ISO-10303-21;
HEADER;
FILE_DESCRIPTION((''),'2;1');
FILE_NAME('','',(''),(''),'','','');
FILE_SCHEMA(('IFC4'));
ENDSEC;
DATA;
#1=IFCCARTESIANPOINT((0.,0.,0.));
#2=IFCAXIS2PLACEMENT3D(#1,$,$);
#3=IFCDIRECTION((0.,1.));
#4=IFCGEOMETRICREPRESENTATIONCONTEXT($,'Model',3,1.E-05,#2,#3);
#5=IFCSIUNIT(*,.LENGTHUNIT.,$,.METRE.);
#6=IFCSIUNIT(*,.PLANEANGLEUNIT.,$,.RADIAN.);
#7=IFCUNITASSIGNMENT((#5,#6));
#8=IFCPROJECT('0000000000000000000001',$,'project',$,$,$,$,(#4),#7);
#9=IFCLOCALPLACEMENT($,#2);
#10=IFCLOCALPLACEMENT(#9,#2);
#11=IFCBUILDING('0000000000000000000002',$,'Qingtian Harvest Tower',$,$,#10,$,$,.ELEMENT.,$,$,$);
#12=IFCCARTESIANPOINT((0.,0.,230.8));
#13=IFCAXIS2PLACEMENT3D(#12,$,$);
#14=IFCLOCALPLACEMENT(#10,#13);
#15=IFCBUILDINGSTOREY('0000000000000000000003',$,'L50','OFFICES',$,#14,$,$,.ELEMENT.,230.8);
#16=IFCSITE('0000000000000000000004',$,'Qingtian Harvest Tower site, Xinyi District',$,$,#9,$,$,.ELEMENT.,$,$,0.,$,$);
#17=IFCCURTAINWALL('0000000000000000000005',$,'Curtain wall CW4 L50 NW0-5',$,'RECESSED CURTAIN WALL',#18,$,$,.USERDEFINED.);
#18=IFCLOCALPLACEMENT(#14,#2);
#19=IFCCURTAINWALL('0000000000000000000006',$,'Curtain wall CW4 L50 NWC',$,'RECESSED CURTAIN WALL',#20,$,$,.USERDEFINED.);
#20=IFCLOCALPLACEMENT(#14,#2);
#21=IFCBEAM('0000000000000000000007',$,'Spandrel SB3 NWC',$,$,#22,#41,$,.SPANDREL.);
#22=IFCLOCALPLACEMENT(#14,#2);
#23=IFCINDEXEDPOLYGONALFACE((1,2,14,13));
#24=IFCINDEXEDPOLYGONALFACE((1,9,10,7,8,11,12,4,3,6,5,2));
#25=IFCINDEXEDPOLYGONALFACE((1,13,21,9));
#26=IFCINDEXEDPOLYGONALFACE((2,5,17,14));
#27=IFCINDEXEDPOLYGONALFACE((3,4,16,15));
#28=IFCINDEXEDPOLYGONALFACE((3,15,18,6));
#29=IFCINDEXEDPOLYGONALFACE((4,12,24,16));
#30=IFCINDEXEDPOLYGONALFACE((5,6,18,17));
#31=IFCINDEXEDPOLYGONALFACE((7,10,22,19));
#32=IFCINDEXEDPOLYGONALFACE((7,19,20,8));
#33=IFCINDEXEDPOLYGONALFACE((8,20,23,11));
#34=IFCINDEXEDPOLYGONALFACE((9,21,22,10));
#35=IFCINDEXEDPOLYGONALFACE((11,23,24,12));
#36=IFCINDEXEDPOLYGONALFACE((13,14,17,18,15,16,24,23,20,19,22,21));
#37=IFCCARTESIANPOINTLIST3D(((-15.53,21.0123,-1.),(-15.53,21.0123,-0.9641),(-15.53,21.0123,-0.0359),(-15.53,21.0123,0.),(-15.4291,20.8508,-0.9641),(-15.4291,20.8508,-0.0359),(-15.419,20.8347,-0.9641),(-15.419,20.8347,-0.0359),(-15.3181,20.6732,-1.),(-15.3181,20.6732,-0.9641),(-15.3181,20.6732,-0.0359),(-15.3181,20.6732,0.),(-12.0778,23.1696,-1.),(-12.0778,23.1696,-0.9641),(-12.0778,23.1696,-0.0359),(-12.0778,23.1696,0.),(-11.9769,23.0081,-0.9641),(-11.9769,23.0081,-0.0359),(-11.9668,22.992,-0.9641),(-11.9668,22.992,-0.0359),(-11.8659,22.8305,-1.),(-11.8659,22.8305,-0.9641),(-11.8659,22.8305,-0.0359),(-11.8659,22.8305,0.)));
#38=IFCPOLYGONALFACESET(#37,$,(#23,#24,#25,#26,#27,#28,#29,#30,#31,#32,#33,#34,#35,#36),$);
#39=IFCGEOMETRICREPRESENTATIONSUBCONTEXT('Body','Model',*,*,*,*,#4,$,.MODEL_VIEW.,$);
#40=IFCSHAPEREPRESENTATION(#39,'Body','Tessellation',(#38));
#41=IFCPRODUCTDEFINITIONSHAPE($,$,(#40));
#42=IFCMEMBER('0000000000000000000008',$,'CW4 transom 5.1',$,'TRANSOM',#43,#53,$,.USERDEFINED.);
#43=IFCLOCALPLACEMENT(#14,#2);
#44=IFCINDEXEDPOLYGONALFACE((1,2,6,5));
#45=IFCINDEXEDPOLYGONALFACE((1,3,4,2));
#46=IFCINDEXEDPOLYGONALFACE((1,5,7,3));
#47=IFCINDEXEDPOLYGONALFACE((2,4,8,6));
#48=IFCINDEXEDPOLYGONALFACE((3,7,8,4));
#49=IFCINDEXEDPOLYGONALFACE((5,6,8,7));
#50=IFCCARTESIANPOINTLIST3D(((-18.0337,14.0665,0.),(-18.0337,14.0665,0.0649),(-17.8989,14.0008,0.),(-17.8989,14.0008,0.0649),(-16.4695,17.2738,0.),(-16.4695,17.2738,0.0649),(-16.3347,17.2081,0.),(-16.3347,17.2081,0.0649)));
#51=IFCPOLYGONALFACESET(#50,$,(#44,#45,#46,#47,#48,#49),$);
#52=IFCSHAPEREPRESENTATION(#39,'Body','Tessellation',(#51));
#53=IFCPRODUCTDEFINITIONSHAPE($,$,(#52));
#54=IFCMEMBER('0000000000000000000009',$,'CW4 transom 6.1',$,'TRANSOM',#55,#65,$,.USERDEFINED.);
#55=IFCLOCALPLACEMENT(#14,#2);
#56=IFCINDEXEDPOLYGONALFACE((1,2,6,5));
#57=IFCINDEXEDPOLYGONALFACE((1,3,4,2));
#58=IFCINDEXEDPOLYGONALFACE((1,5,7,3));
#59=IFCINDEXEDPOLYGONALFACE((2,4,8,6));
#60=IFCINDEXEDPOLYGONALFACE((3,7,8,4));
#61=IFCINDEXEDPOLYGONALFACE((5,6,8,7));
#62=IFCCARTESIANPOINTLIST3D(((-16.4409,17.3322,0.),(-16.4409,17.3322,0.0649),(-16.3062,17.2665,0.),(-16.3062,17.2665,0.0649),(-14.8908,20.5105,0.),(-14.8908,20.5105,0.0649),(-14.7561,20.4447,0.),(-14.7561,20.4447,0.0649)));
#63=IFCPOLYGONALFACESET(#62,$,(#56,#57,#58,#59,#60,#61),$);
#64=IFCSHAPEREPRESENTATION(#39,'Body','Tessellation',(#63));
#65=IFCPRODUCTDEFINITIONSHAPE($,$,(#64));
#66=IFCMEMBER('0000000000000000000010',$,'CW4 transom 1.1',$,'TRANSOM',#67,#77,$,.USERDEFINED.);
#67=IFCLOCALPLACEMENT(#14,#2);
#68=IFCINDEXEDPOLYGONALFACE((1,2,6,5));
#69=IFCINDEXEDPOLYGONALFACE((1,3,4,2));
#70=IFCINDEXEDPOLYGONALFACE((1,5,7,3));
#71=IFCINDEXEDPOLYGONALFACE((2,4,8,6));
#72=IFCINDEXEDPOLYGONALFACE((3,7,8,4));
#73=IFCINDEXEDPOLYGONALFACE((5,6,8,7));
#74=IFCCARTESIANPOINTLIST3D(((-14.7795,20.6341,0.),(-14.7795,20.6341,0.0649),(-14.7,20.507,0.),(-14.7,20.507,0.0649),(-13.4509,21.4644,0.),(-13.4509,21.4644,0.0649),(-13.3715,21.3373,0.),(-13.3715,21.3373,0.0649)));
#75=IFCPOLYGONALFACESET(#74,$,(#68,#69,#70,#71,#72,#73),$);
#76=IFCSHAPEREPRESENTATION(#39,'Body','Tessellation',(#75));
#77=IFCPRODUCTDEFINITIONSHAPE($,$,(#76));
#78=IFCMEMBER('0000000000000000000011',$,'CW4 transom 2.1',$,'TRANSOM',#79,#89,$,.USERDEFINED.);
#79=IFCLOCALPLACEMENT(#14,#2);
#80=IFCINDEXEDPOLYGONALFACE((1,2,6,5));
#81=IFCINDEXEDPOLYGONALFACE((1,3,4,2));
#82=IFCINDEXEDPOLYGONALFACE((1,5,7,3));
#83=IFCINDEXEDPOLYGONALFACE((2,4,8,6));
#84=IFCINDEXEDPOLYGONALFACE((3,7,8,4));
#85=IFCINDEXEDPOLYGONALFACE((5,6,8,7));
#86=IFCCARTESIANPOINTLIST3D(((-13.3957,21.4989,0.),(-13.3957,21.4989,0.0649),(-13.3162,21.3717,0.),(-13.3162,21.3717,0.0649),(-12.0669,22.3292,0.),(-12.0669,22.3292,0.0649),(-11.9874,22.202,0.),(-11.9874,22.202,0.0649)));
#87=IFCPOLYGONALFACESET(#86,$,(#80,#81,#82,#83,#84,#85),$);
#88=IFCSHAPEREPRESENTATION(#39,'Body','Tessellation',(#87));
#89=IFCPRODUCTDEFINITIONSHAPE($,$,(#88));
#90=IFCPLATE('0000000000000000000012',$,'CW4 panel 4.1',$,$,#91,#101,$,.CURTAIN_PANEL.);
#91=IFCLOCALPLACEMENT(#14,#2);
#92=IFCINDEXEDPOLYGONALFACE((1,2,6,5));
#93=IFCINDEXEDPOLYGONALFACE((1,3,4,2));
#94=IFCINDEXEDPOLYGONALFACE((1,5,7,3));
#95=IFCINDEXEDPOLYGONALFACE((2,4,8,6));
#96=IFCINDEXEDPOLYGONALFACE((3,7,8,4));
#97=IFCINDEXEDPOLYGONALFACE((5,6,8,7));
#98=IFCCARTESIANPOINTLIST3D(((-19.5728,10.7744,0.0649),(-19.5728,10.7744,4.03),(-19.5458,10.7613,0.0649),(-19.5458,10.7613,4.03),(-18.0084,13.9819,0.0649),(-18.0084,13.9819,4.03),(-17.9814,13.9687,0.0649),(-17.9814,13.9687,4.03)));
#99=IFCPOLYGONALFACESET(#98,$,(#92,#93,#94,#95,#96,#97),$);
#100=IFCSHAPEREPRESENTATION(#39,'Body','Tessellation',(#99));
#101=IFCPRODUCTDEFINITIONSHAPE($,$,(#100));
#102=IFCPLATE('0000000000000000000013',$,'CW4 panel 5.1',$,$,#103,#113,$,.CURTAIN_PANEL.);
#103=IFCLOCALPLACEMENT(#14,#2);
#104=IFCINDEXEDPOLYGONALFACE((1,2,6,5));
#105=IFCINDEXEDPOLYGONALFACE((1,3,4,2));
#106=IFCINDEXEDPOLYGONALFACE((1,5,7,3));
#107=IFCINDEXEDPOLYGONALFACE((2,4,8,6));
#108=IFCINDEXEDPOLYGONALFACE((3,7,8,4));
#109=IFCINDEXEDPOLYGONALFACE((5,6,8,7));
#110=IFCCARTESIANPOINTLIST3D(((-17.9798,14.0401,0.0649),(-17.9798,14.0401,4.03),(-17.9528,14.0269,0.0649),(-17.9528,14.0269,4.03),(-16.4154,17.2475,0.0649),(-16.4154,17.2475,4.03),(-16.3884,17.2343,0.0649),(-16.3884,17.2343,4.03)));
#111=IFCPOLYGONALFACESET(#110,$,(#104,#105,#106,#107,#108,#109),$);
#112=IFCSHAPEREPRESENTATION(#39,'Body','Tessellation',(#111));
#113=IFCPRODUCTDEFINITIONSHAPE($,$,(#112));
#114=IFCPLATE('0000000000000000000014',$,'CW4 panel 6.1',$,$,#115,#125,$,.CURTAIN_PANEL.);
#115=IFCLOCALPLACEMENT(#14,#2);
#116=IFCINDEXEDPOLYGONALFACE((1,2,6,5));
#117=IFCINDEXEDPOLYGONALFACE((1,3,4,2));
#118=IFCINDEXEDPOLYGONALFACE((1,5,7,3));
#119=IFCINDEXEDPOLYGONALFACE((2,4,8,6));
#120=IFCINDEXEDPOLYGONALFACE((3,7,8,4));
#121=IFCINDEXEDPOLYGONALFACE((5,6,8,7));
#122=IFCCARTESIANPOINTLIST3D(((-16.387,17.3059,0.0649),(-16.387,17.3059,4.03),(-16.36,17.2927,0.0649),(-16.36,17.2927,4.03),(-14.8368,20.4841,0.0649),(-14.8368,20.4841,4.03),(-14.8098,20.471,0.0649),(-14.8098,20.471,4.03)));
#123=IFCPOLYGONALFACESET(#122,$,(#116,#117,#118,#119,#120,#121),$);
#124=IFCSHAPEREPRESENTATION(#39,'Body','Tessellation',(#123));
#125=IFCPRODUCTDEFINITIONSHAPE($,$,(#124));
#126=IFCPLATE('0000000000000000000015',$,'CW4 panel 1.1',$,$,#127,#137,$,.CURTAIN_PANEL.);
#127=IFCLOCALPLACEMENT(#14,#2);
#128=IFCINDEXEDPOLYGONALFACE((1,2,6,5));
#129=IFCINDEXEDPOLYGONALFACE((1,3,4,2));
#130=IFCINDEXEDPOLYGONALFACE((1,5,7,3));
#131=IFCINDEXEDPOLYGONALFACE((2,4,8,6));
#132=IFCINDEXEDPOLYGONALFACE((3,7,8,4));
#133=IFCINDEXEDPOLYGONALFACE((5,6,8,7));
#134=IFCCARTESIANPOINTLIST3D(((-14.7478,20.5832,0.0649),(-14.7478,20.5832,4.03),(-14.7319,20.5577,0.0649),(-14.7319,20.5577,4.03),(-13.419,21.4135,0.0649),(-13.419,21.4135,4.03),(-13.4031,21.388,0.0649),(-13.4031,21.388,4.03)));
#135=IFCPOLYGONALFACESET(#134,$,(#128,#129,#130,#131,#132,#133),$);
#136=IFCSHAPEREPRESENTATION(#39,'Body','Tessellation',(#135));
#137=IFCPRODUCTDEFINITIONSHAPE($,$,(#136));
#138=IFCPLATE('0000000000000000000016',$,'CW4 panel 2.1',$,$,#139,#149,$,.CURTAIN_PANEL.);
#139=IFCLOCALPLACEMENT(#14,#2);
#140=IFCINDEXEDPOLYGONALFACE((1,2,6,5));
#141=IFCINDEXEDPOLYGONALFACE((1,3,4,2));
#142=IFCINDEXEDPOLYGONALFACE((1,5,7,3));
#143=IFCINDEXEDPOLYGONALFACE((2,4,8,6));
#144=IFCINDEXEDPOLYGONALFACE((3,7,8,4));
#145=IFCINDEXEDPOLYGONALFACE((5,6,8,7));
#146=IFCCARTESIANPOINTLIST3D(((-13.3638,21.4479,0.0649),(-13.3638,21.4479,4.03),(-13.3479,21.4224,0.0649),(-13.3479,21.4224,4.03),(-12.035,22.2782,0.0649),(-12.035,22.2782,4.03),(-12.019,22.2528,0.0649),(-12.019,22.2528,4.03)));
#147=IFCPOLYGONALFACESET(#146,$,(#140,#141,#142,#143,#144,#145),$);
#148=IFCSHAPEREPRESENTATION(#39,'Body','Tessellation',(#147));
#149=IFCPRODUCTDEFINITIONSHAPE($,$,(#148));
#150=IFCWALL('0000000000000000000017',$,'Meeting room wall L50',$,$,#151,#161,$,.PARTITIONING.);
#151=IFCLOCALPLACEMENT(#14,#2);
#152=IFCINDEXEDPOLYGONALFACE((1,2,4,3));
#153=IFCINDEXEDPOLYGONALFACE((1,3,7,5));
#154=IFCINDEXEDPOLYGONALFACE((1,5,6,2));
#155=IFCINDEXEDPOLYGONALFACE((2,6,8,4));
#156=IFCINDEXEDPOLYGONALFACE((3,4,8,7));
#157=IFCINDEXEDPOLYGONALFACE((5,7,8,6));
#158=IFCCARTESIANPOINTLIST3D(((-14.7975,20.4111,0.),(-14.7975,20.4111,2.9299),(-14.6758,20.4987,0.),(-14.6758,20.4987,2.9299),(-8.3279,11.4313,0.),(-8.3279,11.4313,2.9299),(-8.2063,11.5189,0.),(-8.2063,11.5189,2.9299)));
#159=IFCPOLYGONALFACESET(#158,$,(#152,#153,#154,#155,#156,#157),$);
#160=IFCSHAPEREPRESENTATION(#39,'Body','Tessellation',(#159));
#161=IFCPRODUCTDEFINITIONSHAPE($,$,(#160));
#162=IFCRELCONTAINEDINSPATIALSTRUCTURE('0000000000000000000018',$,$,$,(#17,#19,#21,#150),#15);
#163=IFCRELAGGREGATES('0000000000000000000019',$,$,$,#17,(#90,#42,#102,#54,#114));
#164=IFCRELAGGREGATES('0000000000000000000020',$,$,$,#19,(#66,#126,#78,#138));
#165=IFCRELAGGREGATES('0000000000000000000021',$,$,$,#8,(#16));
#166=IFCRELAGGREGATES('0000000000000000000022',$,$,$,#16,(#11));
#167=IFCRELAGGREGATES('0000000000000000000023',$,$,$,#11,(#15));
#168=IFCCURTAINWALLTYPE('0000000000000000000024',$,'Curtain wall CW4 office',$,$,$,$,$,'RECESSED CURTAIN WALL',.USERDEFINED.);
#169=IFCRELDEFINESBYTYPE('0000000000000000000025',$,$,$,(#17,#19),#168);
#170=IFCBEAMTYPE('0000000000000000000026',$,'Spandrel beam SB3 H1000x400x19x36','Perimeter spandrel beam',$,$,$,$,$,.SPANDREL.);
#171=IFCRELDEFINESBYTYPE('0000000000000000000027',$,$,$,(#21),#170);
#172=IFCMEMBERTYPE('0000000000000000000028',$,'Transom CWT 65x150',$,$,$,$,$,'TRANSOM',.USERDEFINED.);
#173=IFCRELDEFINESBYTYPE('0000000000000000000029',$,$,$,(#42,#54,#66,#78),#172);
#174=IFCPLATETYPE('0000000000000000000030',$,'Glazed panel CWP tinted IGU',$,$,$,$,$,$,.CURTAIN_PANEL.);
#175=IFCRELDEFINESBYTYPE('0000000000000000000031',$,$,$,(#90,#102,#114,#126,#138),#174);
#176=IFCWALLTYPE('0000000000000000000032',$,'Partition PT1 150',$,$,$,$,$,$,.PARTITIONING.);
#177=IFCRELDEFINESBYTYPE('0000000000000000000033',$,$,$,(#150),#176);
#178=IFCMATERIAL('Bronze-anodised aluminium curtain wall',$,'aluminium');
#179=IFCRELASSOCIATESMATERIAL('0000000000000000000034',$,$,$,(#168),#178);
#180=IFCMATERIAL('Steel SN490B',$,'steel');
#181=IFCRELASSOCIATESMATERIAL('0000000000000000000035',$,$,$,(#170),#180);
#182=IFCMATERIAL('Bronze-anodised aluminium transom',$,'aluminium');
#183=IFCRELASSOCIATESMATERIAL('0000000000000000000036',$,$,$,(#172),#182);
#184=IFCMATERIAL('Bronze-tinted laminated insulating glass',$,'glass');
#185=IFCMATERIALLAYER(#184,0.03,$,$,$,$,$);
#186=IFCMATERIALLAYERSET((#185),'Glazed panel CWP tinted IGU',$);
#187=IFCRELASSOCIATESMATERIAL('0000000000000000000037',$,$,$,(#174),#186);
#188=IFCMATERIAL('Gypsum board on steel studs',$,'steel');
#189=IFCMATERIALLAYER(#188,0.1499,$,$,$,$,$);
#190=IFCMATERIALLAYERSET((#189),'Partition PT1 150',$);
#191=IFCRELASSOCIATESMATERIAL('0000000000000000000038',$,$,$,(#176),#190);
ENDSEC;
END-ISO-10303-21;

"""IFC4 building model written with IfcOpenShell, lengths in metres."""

from ifc_helpers import new_model, si_unit, direction, frame, frame_2d, origin, origin_2d, place, context, subcontext, project, spatial, rectangle, i_section, extrude, material, layer, layer_set, material_profile, profile_set, type_object, element, aggregate, save


model = new_model("IFC4")

# Units and contexts
model_context = context("Model", 3, precision=1e-05, world=origin(), true_north=direction((0.0, 1.0)))
body_context = subcontext(model_context, "Body", "Model", "MODEL_VIEW")
ifc_project = project(units=[si_unit("LENGTHUNIT", "METRE"), si_unit("PLANEANGLEUNIT", "RADIAN")], contexts=[model_context])

# Site, building, storey
site_placement = place(None, origin())
site = spatial("IfcSite", under=ifc_project, at=site_placement, Name="Qingtian Harvest Tower site, Xinyi District", CompositionType="ELEMENT", RefElevation=0.0)
building_placement = place(site_placement, origin())
building = spatial("IfcBuilding", under=site, at=building_placement, Name="Qingtian Harvest Tower", CompositionType="ELEMENT")
storey_placement = place(building_placement, frame((0.0, 0.0, 230.8)))
storey = spatial("IfcBuildingStorey", under=building, at=storey_placement, Name="L50", Description="OFFICES", CompositionType="ELEMENT", Elevation=230.8)

# Curtain walls
ifc_material_1 = material(Name="Bronze-anodised aluminium curtain wall", Category="aluminium")
curtain_wall_type = type_object("IfcCurtainWallType", Name="Curtain wall CW4 office", ElementType="RECESSED CURTAIN WALL", PredefinedType="USERDEFINED", material=ifc_material_1)
curtain_wall_1_placement = place(storey_placement, origin())
curtain_wall_1 = element("IfcCurtainWall", 1, at=curtain_wall_1_placement, inside=storey, type_object=curtain_wall_type, Name="Curtain wall CW4 L50 NW0-5", ObjectType="RECESSED CURTAIN WALL", PredefinedType="USERDEFINED")
curtain_wall_2_placement = place(storey_placement, origin())
curtain_wall_2 = element("IfcCurtainWall", 2, at=curtain_wall_2_placement, inside=storey, type_object=curtain_wall_type, Name="Curtain wall CW4 L50 NWC", ObjectType="RECESSED CURTAIN WALL", PredefinedType="USERDEFINED")

# Beam
ifc_material_2 = material(Name="Steel SN490B", Category="steel")
ifc_material_profile_1 = material_profile(ifc_material_2, i_section(OverallWidth=0.3999, OverallDepth=1.0, WebThickness=0.019, FlangeThickness=0.0359, at=origin_2d()), Name="H1000x400x19x36")
ifc_profile_set_1 = profile_set([ifc_material_profile_1], Name="Steel SN490B")
beam_type_1 = type_object("IfcBeamType", Name="Spandrel beam SB3 H1000x400x19x36", Description="Perimeter spandrel beam", PredefinedType="SPANDREL", material=ifc_profile_set_1)
beam_1_placement = place(storey_placement, frame((-15.4241, 20.8428, -0.5), z_axis=(0.848039, 0.529934, 0.0), x_axis=(-0.529934, 0.848039, 0.0)))
element("IfcBeam", 3, at=beam_1_placement, inside=storey, type_object=beam_type_1, Name="Spandrel SB3 NWC", PredefinedType="SPANDREL", context=body_context, shape_type="SweptSolid", body=[
    extrude(i_section(OverallWidth=0.3999, OverallDepth=1.0, WebThickness=0.019, FlangeThickness=0.0359, at=origin_2d()), origin(), (0.0, 0.0, 1.0), 4.0708),
])

# Members
ifc_material_3 = material(Name="Bronze-anodised aluminium transom", Category="aluminium")
ifc_material_profile_2 = material_profile(ifc_material_3, rectangle(XDim=0.1499, YDim=0.0649, at=origin_2d()), Name="AL 65x150")
ifc_profile_set_2 = profile_set([ifc_material_profile_2], Name="Bronze-anodised aluminium transom")
member_type_1 = type_object("IfcMemberType", Name="Transom CWT 65x150", ElementType="TRANSOM", PredefinedType="USERDEFINED", material=ifc_profile_set_2)
member_1_placement = place(storey_placement, frame((-17.9663, 14.0337, 0.0325), z_axis=(0.438352, 0.898803, 0.0), x_axis=(-0.898803, 0.438352, 0.0)))
member_1 = element("IfcMember", 4, at=member_1_placement, type_object=member_type_1, Name="CW4 transom 5.1", ObjectType="TRANSOM", PredefinedType="USERDEFINED", context=body_context, shape_type="SweptSolid", body=[
    extrude(rectangle(XDim=0.1499, YDim=0.0649, at=origin_2d()), origin(), (0.0, 0.0, 1.0), 3.5684),
])
member_2_placement = place(storey_placement, frame((-16.3735, 17.2993, 0.0325), z_axis=(0.438354, 0.898802, 0.0), x_axis=(-0.898802, 0.438354, 0.0)))
member_2 = element("IfcMember", 5, at=member_2_placement, type_object=member_type_1, Name="CW4 transom 6.1", ObjectType="TRANSOM", PredefinedType="USERDEFINED", context=body_context, shape_type="SweptSolid", body=[
    extrude(rectangle(XDim=0.1499, YDim=0.0649, at=origin_2d()), origin(), (0.0, 0.0, 1.0), 3.5361),
])
member_3_placement = place(storey_placement, frame((-14.7397, 20.5706, 0.0325), z_axis=(0.848016, 0.529971, 0.0), x_axis=(-0.529971, 0.848016, 0.0)))
member_3 = element("IfcMember", 6, at=member_3_placement, type_object=member_type_1, Name="CW4 transom 1.1", ObjectType="TRANSOM", PredefinedType="USERDEFINED", context=body_context, shape_type="SweptSolid", body=[
    extrude(rectangle(XDim=0.1499, YDim=0.0649, at=origin_2d()), origin(), (0.0, 0.0, 1.0), 1.5667),
])
member_4_placement = place(storey_placement, frame((-13.356, 21.4353, 0.0325), z_axis=(0.84806, 0.529901, 0.0), x_axis=(-0.529901, 0.84806, 0.0)))
member_4 = element("IfcMember", 7, at=member_4_placement, type_object=member_type_1, Name="CW4 transom 2.1", ObjectType="TRANSOM", PredefinedType="USERDEFINED", context=body_context, shape_type="SweptSolid", body=[
    extrude(rectangle(XDim=0.1499, YDim=0.0649, at=origin_2d()), origin(), (0.0, 0.0, 1.0), 1.5669),
])

# Plates
ifc_material_4 = material(Name="Bronze-tinted laminated insulating glass", Category="glass")
ifc_layer_1 = layer(ifc_material_4, 0.03)
ifc_layer_set_1 = layer_set([ifc_layer_1], Name="Glazed panel CWP tinted IGU")
plate_type = type_object("IfcPlateType", Name="Glazed panel CWP tinted IGU", PredefinedType="CURTAIN_PANEL", material=ifc_layer_set_1)
plate_1_placement = place(storey_placement, frame((-18.7771, 12.3716, 0.0649), z_axis=(0.0, 0.0, 1.0), x_axis=(0.438371, 0.898794, 0.0)))
plate_1 = element("IfcPlate", 8, at=plate_1_placement, type_object=plate_type, Name="CW4 panel 4.1", PredefinedType="CURTAIN_PANEL", context=body_context, shape_type="SweptSolid", body=[
    extrude(rectangle(XDim=3.5686, YDim=0.03, at=origin_2d()), origin(), (0.0, 0.0, 1.0), 3.9651),
])
plate_2_placement = place(storey_placement, frame((-17.1841, 15.6372, 0.0649), z_axis=(0.0, 0.0, 1.0), x_axis=(0.438371, 0.898794, 0.0)))
plate_2 = element("IfcPlate", 9, at=plate_2_placement, type_object=plate_type, Name="CW4 panel 5.1", PredefinedType="CURTAIN_PANEL", context=body_context, shape_type="SweptSolid", body=[
    extrude(rectangle(XDim=3.5686, YDim=0.03, at=origin_2d()), origin(), (0.0, 0.0, 1.0), 3.9651),
])
plate_3_placement = place(storey_placement, frame((-15.5984, 18.8884, 0.0649), z_axis=(0.0, 0.0, 1.0), x_axis=(0.438371, 0.898794, 0.0)))
plate_3 = element("IfcPlate", 10, at=plate_3_placement, type_object=plate_type, Name="CW4 panel 6.1", PredefinedType="CURTAIN_PANEL", context=body_context, shape_type="SweptSolid", body=[
    extrude(rectangle(XDim=3.5361, YDim=0.03, at=origin_2d()), origin(), (0.0, 0.0, 1.0), 3.9651),
])
aggregate(curtain_wall_1, [plate_1, member_1, plate_2, member_2, plate_3])
plate_4_placement = place(storey_placement, frame((-14.0754, 20.9856, 0.0649), z_axis=(0.0, 0.0, 1.0), x_axis=(0.848048, 0.529919, 0.0)))
plate_4 = element("IfcPlate", 11, at=plate_4_placement, type_object=plate_type, Name="CW4 panel 1.1", PredefinedType="CURTAIN_PANEL", context=body_context, shape_type="SweptSolid", body=[
    extrude(rectangle(XDim=1.5669, YDim=0.03, at=origin_2d()), origin(), (0.0, 0.0, 1.0), 3.9651),
])
plate_5_placement = place(storey_placement, frame((-12.6914, 21.8503, 0.0649), z_axis=(0.0, 0.0, 1.0), x_axis=(0.848048, 0.529919, 0.0)))
plate_5 = element("IfcPlate", 12, at=plate_5_placement, type_object=plate_type, Name="CW4 panel 2.1", PredefinedType="CURTAIN_PANEL", context=body_context, shape_type="SweptSolid", body=[
    extrude(rectangle(XDim=1.5669, YDim=0.03, at=origin_2d()), origin(), (0.0, 0.0, 1.0), 3.9651),
])
aggregate(curtain_wall_2, [member_3, plate_4, member_4, plate_5])

# Wall
ifc_material_5 = material(Name="Gypsum board on steel studs", Category="steel")
ifc_layer_2 = layer(ifc_material_5, 0.1499)
ifc_layer_set_2 = layer_set([ifc_layer_2], Name="Partition PT1 150")
wall_type = type_object("IfcWallType", Name="Partition PT1 150", PredefinedType="PARTITIONING", material=ifc_layer_set_2)
wall_placement = place(storey_placement, frame((-14.7366, 20.4548, 0.0), z_axis=(0.0, 0.0, 1.0), x_axis=(0.584547, -0.81136, 0.0)))
element("IfcWall", 13, at=wall_placement, inside=storey, type_object=wall_type, Name="Meeting room wall L50", PredefinedType="PARTITIONING", context=body_context, shape_type="SweptSolid", body=[
    extrude(rectangle(XDim=11.0676, YDim=0.1499, at=frame_2d((5.5337, 0.0))), origin(), (0.0, 0.0, 1.0), 2.9299),
])

save(model, "model.ifc")
